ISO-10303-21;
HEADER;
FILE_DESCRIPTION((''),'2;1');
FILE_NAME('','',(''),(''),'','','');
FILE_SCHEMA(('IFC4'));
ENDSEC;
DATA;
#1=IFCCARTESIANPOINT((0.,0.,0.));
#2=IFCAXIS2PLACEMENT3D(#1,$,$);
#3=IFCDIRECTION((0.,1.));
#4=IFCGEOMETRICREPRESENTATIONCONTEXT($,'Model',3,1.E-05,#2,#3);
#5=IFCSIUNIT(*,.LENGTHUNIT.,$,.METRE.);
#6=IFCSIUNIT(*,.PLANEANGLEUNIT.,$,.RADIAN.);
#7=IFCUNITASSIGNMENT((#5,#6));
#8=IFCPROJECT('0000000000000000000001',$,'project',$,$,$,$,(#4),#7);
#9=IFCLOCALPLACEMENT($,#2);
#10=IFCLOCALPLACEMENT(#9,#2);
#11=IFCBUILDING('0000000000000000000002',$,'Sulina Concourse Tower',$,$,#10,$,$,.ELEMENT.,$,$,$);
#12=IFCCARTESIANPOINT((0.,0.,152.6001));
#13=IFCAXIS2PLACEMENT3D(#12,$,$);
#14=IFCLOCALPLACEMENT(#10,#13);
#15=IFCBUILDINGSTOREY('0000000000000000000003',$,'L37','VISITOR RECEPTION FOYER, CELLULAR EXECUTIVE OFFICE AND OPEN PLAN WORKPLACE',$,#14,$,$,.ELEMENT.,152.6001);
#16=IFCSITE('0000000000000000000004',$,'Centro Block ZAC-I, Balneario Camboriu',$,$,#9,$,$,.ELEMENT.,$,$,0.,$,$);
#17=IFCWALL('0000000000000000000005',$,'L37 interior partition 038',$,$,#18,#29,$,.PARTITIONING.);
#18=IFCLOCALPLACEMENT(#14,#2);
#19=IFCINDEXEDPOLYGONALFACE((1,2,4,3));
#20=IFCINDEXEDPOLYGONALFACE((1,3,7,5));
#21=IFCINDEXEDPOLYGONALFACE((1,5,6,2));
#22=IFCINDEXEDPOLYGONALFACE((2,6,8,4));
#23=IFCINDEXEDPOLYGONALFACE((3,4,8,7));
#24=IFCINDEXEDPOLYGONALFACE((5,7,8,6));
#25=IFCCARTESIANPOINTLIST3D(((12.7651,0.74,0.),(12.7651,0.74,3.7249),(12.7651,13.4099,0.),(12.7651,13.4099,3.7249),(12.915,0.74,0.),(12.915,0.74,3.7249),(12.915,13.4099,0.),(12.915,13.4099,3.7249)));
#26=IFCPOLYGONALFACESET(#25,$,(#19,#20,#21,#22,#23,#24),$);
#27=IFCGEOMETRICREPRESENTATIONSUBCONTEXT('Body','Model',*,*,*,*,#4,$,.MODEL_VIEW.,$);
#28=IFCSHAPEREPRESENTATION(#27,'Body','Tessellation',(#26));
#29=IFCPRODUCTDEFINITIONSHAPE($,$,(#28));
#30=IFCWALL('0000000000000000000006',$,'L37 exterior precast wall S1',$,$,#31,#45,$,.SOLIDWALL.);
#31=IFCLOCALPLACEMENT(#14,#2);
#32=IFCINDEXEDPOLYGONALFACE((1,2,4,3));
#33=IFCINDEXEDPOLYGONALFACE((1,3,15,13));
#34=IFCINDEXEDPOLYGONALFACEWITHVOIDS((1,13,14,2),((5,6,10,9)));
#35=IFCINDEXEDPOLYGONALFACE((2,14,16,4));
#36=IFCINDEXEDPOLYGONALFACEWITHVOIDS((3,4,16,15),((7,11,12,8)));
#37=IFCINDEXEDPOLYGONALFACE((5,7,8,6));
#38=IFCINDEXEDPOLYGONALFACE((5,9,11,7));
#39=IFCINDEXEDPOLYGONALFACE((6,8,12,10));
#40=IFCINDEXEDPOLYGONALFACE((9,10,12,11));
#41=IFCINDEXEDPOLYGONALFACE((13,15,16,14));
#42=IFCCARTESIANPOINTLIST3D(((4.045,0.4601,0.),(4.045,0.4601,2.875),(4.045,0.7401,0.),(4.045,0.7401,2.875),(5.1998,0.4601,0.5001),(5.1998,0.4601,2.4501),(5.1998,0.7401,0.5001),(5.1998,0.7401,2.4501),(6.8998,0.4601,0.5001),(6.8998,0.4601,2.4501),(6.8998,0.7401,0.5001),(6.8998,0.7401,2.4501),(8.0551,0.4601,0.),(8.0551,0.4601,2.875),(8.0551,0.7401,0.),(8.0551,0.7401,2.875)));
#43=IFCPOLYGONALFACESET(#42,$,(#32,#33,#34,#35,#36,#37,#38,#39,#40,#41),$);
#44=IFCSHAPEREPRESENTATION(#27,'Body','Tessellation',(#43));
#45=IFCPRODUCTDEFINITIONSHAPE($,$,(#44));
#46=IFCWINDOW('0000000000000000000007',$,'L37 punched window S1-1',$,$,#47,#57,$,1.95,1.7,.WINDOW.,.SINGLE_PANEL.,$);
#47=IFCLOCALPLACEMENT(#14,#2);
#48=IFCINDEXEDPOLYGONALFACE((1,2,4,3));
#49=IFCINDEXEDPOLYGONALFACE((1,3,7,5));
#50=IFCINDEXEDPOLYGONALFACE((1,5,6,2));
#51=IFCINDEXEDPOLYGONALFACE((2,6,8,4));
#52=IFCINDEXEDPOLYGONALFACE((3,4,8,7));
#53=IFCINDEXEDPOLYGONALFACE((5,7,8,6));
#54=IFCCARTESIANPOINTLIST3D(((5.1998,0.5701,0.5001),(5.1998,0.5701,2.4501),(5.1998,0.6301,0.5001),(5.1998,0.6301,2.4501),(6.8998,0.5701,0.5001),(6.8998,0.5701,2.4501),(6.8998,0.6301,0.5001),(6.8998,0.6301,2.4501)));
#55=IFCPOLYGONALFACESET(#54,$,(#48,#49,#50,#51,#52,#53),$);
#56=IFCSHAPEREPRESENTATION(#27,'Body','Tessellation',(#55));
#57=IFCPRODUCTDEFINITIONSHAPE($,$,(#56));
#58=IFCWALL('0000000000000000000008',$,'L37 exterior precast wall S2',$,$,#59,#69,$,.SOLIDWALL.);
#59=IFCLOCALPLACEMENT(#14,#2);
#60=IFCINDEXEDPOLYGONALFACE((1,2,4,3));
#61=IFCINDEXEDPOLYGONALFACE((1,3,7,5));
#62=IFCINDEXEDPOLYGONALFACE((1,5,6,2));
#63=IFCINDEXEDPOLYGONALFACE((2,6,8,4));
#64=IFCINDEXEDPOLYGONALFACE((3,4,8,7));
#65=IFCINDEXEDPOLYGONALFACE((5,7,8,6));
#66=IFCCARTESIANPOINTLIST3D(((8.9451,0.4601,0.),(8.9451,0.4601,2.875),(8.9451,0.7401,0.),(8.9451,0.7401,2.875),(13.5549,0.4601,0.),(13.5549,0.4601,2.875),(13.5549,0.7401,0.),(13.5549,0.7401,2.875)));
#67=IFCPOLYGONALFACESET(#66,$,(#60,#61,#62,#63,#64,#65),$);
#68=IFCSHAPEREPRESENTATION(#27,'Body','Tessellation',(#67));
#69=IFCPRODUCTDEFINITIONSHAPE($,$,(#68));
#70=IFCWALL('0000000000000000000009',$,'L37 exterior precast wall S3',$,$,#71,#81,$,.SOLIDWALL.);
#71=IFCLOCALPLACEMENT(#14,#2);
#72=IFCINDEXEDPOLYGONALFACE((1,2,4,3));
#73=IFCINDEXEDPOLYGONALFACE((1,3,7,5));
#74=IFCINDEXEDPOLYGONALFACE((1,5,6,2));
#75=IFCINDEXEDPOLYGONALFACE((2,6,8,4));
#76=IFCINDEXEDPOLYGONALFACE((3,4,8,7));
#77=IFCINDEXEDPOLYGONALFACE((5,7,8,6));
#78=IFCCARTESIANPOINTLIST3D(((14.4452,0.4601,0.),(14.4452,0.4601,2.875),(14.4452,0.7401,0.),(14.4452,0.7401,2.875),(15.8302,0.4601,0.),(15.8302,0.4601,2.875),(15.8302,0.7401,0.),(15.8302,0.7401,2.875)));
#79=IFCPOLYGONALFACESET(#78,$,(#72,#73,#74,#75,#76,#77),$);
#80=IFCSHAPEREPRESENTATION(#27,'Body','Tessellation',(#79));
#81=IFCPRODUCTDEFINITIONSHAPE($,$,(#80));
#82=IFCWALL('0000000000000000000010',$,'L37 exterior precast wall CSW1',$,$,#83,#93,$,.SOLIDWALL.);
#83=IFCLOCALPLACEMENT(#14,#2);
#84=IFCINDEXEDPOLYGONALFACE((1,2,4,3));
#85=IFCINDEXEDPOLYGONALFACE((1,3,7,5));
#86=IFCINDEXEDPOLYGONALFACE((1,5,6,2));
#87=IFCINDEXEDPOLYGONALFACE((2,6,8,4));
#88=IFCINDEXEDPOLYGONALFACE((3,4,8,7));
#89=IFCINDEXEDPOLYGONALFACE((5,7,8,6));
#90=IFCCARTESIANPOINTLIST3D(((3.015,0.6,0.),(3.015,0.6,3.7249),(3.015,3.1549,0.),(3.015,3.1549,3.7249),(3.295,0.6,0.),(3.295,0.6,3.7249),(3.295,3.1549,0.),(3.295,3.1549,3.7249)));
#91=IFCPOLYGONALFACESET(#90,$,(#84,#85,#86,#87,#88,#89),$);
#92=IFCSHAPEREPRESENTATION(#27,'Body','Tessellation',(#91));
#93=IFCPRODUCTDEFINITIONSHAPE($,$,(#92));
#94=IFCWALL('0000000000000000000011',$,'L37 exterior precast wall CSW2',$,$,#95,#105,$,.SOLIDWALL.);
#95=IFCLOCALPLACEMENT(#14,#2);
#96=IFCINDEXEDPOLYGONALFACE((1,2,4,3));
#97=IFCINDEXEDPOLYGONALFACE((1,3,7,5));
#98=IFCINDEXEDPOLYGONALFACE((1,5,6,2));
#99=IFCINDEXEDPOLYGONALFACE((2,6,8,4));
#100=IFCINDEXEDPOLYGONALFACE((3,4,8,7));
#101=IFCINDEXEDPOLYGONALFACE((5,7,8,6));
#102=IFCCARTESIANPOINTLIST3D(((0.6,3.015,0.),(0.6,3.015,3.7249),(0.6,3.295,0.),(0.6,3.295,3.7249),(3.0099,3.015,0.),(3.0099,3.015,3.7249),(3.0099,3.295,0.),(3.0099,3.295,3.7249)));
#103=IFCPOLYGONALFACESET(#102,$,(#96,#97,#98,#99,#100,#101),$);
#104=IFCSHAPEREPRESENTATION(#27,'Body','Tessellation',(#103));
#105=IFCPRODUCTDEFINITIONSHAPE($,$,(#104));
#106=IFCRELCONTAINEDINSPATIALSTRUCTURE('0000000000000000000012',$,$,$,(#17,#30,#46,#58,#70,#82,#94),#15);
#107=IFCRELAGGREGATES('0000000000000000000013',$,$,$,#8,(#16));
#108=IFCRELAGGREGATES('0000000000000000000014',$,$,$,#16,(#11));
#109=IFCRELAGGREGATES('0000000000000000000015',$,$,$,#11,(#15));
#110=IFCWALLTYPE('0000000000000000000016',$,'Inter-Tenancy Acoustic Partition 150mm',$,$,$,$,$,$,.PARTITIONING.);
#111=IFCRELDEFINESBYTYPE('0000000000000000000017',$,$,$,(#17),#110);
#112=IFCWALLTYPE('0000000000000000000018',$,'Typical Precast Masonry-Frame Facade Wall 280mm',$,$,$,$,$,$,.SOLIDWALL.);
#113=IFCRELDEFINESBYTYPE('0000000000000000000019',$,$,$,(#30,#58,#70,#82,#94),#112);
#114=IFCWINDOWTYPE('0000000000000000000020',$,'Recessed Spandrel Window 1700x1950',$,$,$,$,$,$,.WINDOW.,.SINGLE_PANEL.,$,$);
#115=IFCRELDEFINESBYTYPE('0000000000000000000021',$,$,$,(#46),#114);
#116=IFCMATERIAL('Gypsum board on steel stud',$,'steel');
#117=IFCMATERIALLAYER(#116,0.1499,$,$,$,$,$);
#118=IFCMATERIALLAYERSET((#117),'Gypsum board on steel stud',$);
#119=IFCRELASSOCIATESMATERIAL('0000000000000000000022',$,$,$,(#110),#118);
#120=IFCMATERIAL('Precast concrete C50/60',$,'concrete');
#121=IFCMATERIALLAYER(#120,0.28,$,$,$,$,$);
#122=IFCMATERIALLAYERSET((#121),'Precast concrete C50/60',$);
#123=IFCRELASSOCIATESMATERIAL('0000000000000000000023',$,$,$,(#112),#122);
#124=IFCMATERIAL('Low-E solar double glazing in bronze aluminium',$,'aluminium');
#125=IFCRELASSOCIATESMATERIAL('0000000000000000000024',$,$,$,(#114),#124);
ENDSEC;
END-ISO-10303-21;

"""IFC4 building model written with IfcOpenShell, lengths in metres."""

from ifc_helpers import new_model, si_unit, direction, frame, frame_2d, origin, place, context, subcontext, project, spatial, rectangle, extrude, material, layer, layer_set, type_object, element, fill, save


model = new_model("IFC4")

# Units and contexts
model_context = context("Model", 3, precision=1e-05, world=origin(), true_north=direction((0.0, 1.0)))
body_context = subcontext(model_context, "Body", "Model", "MODEL_VIEW")
ifc_project = project(units=[si_unit("LENGTHUNIT", "METRE"), si_unit("PLANEANGLEUNIT", "RADIAN")], contexts=[model_context])

# Site, building, storey
site_placement = place(None, origin())
site = spatial("IfcSite", under=ifc_project, at=site_placement, Name="Centro Block ZAC-I, Balneario Camboriu", CompositionType="ELEMENT", RefElevation=0.0)
building_placement = place(site_placement, origin())
building = spatial("IfcBuilding", under=site, at=building_placement, Name="Sulina Concourse Tower", CompositionType="ELEMENT")
storey_placement = place(building_placement, frame((0.0, 0.0, 152.6001)))
storey = spatial("IfcBuildingStorey", under=building, at=storey_placement, Name="L37", Description="VISITOR RECEPTION FOYER, CELLULAR EXECUTIVE OFFICE AND OPEN PLAN WORKPLACE", CompositionType="ELEMENT", Elevation=152.6001)

# Wall
ifc_material_1 = material(Name="Gypsum board on steel stud", Category="steel")
ifc_layer_1 = layer(ifc_material_1, 0.1499)
ifc_layer_set_1 = layer_set([ifc_layer_1], Name="Gypsum board on steel stud")
wall_type_1 = type_object("IfcWallType", Name="Inter-Tenancy Acoustic Partition 150mm", PredefinedType="PARTITIONING", material=ifc_layer_set_1)
for number, where, z_axis, x_axis, name in (
    (1, (12.8401, 0.74, 0.0), (0.0, 0.0, 1.0), (0.0, 1.0, 0.0), "L37 interior partition 038"),
):
    element("IfcWall", number, at=place(storey_placement, frame(where, z_axis=z_axis, x_axis=x_axis)), inside=storey, type_object=wall_type_1, Name=name, PredefinedType="PARTITIONING", context=body_context, shape_type="SweptSolid", body=[
        extrude(rectangle(XDim=12.6699, YDim=0.1499, at=frame_2d((6.335, 0.0))), origin(), (0.0, 0.0, 1.0), 3.7249),
    ])

# Wall, opening, window
ifc_material_2 = material(Name="Precast concrete C50/60", Category="concrete")
ifc_layer_2 = layer(ifc_material_2, 0.28)
ifc_layer_set_2 = layer_set([ifc_layer_2], Name="Precast concrete C50/60")
wall_type_2 = type_object("IfcWallType", Name="Typical Precast Masonry-Frame Facade Wall 280mm", PredefinedType="SOLIDWALL", material=ifc_layer_set_2)
wall_1_placement = place(storey_placement, frame((8.0549, 0.6001, 0.0), z_axis=(0.0, 0.0, 1.0), x_axis=(-1.0, 0.0, 0.0)))
wall_1 = element("IfcWall", 2, at=wall_1_placement, inside=storey, type_object=wall_type_2, Name="L37 exterior precast wall S1", PredefinedType="SOLIDWALL", context=body_context, shape_type="SweptSolid", body=[
    extrude(rectangle(XDim=4.01, YDim=0.28, at=frame_2d((2.0049, 0.0))), origin(), (0.0, 0.0, 1.0), 2.875),
])
opening_placement = place(wall_1_placement, frame((1.155, 0.0, 0.5)))
opening = element("IfcOpeningElement", 3, at=opening_placement, cuts=wall_1, PredefinedType="OPENING", context=body_context, shape_type="SweptSolid", body=[
    extrude(rectangle(XDim=1.7, YDim=1.95, at=frame_2d((0.8501, 0.9751))), frame((0.0, 0.1499, 0.0), z_axis=(0.0, -1.0, 0.0), x_axis=(1.0, 0.0, 0.0)), (0.0, 0.0, 1.0), 0.3),
])
ifc_material_3 = material(Name="Low-E solar double glazing in bronze aluminium", Category="aluminium")
window_type = type_object("IfcWindowType", Name="Recessed Spandrel Window 1700x1950", PartitioningType="SINGLE_PANEL", PredefinedType="WINDOW", material=ifc_material_3)
window_placement = place(opening_placement, origin())
window = element("IfcWindow", 4, at=window_placement, inside=storey, type_object=window_type, Name="L37 punched window S1-1", OverallHeight=1.95, OverallWidth=1.7, PartitioningType="SINGLE_PANEL", PredefinedType="WINDOW", context=body_context, shape_type="SweptSolid", body=[
    extrude(rectangle(XDim=1.7, YDim=1.95, at=frame_2d((0.8501, 0.9751))), frame((0.0, 0.03, 0.0), z_axis=(0.0, -1.0, 0.0), x_axis=(1.0, 0.0, 0.0)), (0.0, 0.0, 1.0), 0.0601),
])
fill(opening, window)

# Walls
wall_2_placement = place(storey_placement, frame((13.5549, 0.6001, 0.0), z_axis=(0.0, 0.0, 1.0), x_axis=(-1.0, 0.0, 0.0)))
element("IfcWall", 5, at=wall_2_placement, inside=storey, type_object=wall_type_2, Name="L37 exterior precast wall S2", PredefinedType="SOLIDWALL", context=body_context, shape_type="SweptSolid", body=[
    extrude(rectangle(XDim=4.6099, YDim=0.28, at=frame_2d((2.3049, 0.0))), origin(), (0.0, 0.0, 1.0), 2.875),
])
wall_3_placement = place(storey_placement, frame((15.8301, 0.6001, 0.0), z_axis=(0.0, 0.0, 1.0), x_axis=(-1.0, 0.0, 0.0)))
element("IfcWall", 6, at=wall_3_placement, inside=storey, type_object=wall_type_2, Name="L37 exterior precast wall S3", PredefinedType="SOLIDWALL", context=body_context, shape_type="SweptSolid", body=[
    extrude(rectangle(XDim=1.385, YDim=0.28, at=frame_2d((0.6924, 0.0))), origin(), (0.0, 0.0, 1.0), 2.875),
])
wall_4_placement = place(storey_placement, frame((3.155, 0.6001, 0.0), z_axis=(0.0, 0.0, 1.0), x_axis=(0.0, 1.0, 0.0)))
element("IfcWall", 7, at=wall_4_placement, inside=storey, type_object=wall_type_2, Name="L37 exterior precast wall CSW1", PredefinedType="SOLIDWALL", context=body_context, shape_type="SweptSolid", body=[
    extrude(rectangle(XDim=2.5549, YDim=0.28, at=frame_2d((1.2773, 0.0))), origin(), (0.0, 0.0, 1.0), 3.7249),
])
wall_5_placement = place(storey_placement, frame((3.01, 3.155, 0.0), z_axis=(0.0, 0.0, 1.0), x_axis=(-1.0, 0.0, 0.0)))
element("IfcWall", 8, at=wall_5_placement, inside=storey, type_object=wall_type_2, Name="L37 exterior precast wall CSW2", PredefinedType="SOLIDWALL", context=body_context, shape_type="SweptSolid", body=[
    extrude(rectangle(XDim=2.4099, YDim=0.28, at=frame_2d((1.2051, 0.0))), origin(), (0.0, 0.0, 1.0), 3.7249),
])

save(model, "model.ifc")
